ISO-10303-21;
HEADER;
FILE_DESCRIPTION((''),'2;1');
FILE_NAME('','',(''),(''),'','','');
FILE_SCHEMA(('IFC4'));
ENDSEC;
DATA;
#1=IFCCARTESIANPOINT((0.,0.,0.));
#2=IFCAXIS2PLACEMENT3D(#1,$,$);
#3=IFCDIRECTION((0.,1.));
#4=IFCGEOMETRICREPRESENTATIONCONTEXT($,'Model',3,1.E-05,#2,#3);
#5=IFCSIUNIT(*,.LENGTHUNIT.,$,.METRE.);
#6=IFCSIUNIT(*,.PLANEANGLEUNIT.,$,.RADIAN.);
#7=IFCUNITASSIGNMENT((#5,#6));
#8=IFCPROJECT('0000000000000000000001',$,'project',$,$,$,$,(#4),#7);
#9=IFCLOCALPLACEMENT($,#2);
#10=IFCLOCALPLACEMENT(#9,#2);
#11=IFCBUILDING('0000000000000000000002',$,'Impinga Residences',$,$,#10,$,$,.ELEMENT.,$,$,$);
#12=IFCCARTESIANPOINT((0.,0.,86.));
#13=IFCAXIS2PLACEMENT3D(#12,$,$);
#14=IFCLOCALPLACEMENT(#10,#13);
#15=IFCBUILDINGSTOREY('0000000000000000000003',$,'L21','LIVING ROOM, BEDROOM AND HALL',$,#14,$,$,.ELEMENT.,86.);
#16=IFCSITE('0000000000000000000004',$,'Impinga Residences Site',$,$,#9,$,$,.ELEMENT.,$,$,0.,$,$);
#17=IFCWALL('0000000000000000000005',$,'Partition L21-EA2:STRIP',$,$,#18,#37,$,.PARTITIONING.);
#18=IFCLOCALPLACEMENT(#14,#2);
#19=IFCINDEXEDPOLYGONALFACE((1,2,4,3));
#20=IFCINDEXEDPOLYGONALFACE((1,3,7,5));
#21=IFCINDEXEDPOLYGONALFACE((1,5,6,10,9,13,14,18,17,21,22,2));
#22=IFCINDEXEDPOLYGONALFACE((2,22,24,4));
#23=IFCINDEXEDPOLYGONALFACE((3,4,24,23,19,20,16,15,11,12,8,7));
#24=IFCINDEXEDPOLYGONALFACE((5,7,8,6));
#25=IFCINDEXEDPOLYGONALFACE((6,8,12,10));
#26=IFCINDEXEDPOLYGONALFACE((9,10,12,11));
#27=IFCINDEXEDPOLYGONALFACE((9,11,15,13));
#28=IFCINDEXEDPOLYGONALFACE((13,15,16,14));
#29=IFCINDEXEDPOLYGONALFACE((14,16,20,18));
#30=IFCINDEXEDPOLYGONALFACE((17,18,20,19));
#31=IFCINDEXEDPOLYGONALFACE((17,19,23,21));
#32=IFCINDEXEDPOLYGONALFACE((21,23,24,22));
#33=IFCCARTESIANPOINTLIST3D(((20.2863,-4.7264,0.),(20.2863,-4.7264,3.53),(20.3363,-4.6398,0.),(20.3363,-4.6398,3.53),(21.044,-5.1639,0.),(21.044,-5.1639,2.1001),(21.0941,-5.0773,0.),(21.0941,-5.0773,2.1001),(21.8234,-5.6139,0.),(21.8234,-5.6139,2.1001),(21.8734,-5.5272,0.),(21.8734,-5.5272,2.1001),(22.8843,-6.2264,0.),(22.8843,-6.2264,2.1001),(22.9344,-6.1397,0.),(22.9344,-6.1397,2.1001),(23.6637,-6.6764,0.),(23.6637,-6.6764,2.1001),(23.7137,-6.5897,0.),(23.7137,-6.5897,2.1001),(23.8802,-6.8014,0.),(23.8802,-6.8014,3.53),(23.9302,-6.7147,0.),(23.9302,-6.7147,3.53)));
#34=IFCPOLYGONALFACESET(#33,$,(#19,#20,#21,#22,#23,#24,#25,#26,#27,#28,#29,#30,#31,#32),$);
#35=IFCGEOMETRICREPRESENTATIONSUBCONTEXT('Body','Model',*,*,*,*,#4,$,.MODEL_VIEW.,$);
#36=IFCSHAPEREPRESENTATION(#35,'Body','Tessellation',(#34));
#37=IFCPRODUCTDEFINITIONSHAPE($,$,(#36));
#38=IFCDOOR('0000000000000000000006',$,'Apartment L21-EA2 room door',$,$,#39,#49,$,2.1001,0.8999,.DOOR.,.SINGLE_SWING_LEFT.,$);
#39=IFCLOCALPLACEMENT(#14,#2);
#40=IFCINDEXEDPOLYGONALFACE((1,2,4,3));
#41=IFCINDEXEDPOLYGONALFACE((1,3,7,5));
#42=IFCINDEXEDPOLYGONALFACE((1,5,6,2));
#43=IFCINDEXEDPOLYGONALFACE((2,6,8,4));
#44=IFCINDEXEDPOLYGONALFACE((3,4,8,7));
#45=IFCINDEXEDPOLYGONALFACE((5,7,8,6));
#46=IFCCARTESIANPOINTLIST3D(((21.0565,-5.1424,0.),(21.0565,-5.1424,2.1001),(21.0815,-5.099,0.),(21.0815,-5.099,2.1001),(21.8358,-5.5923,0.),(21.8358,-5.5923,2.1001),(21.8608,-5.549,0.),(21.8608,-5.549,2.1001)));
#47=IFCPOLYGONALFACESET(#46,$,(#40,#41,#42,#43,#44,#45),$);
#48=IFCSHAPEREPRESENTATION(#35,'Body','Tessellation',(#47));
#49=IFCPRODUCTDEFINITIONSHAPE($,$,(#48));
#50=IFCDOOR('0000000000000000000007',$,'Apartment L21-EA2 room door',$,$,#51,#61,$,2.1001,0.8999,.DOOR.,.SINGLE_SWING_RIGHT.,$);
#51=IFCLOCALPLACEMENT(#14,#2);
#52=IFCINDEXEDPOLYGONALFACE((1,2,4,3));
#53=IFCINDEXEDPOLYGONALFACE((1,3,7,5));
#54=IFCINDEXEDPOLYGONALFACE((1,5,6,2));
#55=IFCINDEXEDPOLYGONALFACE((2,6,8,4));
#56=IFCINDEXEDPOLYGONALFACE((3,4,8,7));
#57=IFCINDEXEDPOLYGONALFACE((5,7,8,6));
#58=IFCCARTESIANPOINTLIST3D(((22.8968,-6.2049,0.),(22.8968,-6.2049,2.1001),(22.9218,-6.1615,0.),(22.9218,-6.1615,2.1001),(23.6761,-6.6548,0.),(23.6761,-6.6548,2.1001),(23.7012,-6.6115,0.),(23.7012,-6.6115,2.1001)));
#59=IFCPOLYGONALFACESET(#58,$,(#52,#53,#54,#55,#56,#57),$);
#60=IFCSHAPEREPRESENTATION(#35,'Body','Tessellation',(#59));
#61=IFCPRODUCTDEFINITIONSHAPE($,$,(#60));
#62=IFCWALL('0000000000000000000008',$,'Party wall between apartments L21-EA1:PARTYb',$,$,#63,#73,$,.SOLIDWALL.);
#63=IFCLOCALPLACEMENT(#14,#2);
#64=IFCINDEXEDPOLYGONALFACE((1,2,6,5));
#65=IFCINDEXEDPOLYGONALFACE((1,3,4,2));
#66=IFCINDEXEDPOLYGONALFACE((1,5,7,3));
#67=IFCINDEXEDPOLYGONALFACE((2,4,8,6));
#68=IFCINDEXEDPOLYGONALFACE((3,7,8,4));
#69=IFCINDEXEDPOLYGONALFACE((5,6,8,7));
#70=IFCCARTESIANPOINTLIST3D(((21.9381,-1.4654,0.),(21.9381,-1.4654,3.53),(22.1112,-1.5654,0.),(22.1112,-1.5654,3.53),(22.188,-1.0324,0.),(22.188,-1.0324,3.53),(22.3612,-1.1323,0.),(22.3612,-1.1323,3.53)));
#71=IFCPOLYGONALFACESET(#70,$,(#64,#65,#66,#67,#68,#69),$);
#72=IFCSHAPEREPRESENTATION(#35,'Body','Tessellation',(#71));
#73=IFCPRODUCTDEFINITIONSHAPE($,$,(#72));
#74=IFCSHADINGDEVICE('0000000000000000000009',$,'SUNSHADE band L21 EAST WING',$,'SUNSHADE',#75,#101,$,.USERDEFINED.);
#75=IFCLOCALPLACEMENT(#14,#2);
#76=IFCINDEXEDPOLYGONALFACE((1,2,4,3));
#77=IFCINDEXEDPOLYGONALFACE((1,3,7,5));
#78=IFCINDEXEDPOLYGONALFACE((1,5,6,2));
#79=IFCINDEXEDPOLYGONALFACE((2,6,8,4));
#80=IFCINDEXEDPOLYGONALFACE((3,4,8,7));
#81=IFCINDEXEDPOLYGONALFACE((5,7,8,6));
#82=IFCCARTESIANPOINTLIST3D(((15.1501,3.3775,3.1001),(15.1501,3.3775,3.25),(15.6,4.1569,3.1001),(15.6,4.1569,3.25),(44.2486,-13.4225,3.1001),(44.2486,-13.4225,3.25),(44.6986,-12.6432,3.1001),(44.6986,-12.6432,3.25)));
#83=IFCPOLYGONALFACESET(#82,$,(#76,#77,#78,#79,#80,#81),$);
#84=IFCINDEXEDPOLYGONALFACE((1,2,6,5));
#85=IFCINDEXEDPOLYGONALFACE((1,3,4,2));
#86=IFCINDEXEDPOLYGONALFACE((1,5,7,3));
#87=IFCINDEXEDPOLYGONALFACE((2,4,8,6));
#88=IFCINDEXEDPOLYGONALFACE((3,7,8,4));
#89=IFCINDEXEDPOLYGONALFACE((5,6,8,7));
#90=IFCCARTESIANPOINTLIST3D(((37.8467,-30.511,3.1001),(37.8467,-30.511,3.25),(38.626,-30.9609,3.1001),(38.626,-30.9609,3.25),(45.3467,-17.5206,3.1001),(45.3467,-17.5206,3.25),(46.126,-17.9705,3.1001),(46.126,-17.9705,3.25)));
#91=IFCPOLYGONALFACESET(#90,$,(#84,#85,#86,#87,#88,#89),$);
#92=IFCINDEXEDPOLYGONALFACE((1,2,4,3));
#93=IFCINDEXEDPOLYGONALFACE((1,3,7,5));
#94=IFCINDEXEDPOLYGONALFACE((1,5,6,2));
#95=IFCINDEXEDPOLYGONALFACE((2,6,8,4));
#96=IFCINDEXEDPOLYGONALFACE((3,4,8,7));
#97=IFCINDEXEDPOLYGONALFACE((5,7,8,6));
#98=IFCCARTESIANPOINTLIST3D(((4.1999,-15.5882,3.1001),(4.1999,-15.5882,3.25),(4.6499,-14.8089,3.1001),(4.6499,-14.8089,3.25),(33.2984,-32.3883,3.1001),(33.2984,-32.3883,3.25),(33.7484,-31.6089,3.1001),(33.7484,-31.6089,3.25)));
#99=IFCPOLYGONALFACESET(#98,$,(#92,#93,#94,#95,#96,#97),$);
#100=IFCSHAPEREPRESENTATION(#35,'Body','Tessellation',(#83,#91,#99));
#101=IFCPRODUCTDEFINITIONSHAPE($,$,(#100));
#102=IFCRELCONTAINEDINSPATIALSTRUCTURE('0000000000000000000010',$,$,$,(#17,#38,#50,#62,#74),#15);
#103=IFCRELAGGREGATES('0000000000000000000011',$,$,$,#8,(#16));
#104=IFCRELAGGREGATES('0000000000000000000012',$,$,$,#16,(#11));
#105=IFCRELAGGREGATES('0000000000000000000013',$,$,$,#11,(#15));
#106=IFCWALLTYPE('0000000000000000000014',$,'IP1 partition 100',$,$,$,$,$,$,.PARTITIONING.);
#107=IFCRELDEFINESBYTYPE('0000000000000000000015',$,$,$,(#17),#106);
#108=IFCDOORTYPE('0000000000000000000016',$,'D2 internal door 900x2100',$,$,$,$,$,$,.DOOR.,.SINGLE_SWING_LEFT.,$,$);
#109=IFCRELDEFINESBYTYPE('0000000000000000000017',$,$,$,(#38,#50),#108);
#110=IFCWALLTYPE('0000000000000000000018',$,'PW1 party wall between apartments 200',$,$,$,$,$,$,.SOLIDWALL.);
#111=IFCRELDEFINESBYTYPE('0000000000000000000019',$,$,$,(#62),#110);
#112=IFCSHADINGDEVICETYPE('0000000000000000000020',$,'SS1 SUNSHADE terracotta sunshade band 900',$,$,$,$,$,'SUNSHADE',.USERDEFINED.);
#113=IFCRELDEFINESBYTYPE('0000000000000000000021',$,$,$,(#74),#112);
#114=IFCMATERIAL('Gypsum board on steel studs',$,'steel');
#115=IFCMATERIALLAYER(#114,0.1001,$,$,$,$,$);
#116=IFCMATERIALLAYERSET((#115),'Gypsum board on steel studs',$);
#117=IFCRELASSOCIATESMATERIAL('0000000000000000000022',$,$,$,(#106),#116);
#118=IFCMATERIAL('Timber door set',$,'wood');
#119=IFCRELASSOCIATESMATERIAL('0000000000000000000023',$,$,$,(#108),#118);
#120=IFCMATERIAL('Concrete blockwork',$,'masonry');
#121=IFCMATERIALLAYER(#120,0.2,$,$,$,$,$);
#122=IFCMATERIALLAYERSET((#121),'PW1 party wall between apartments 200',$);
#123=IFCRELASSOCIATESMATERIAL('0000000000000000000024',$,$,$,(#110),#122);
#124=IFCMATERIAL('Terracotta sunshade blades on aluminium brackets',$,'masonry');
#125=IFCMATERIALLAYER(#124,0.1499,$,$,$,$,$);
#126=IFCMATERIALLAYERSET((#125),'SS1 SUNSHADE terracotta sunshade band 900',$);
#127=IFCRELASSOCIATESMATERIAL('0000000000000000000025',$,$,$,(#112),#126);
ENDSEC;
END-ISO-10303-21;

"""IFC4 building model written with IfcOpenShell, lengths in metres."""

from ifc_helpers import new_model, si_unit, direction, frame, frame_2d, origin, origin_2d, place, context, subcontext, project, spatial, rectangle, extrude, material, layer, layer_set, type_object, element, fill, save


model = new_model("IFC4")

# Units and contexts
model_context = context("Model", 3, precision=1e-05, world=origin(), true_north=direction((0.0, 1.0)))
body_context = subcontext(model_context, "Body", "Model", "MODEL_VIEW")
ifc_project = project(units=[si_unit("LENGTHUNIT", "METRE"), si_unit("PLANEANGLEUNIT", "RADIAN")], contexts=[model_context])

# Site, building, storey
site_placement = place(None, origin())
site = spatial("IfcSite", under=ifc_project, at=site_placement, Name="Impinga Residences Site", CompositionType="ELEMENT", RefElevation=0.0)
building_placement = place(site_placement, origin())
building = spatial("IfcBuilding", under=site, at=building_placement, Name="Impinga Residences", CompositionType="ELEMENT")
storey_placement = place(building_placement, frame((0.0, 0.0, 86.0)))
storey = spatial("IfcBuildingStorey", under=building, at=storey_placement, Name="L21", Description="LIVING ROOM, BEDROOM AND HALL", CompositionType="ELEMENT", Elevation=86.0)

# Shared definitions
ifc_material_1 = material(Name="Gypsum board on steel studs", Category="steel")
ifc_layer_1 = layer(ifc_material_1, 0.1001)
ifc_layer_set_1 = layer_set([ifc_layer_1], Name="Gypsum board on steel studs")
wall_type_1 = type_object("IfcWallType", Name="IP1 partition 100", PredefinedType="PARTITIONING", material=ifc_layer_set_1)

# Shared definitions
ifc_material_2 = material(Name="Timber door set", Category="wood")
door_type = type_object("IfcDoorType", Name="D2 internal door 900x2100", OperationType="SINGLE_SWING_LEFT", PredefinedType="DOOR", material=ifc_material_2)

# Wall, openings, doors
wall_1_placement = place(storey_placement, frame((20.3113, -4.6831, 0.0), z_axis=(0.0, 0.0, 1.0), x_axis=(0.86603, -0.499992, 0.0)))
wall_1 = element("IfcWall", 1, at=wall_1_placement, inside=storey, type_object=wall_type_1, Name="Partition L21-EA2:STRIP", PredefinedType="PARTITIONING", context=body_context, shape_type="SweptSolid", body=[
    extrude(rectangle(XDim=4.1499, YDim=0.1001, at=frame_2d((2.075, 0.0))), origin(), (0.0, 0.0, 1.0), 3.53),
])
opening_1_placement = place(wall_1_placement, frame((0.875, 0.0, 0.0)))
opening_1 = element("IfcOpeningElement", 2, at=opening_1_placement, cuts=wall_1, PredefinedType="OPENING", context=body_context, shape_type="SweptSolid", body=[
    extrude(rectangle(XDim=0.8999, YDim=2.1001, at=frame_2d((0.45, 1.05))), frame((0.0, 0.0601, 0.0), z_axis=(0.0, -1.0, 0.0), x_axis=(1.0, 0.0, 0.0)), (0.0, 0.0, 1.0), 0.1201),
])
opening_2_placement = place(wall_1_placement, frame((3.0, 0.0, 0.0)))
opening_2 = element("IfcOpeningElement", 3, at=opening_2_placement, cuts=wall_1, PredefinedType="OPENING", context=body_context, shape_type="SweptSolid", body=[
    extrude(rectangle(XDim=0.8999, YDim=2.1001, at=frame_2d((0.45, 1.05))), frame((0.0, 0.0601, 0.0), z_axis=(0.0, -1.0, 0.0), x_axis=(1.0, 0.0, 0.0)), (0.0, 0.0, 1.0), 0.1201),
])
door_1_placement = place(opening_1_placement, origin())
door_1 = element("IfcDoor", 4, at=door_1_placement, inside=storey, type_object=door_type, Name="Apartment L21-EA2 room door", OperationType="SINGLE_SWING_LEFT", OverallHeight=2.1001, OverallWidth=0.8999, PredefinedType="DOOR", context=body_context, shape_type="SweptSolid", body=[
    extrude(rectangle(XDim=0.8999, YDim=2.1001, at=frame_2d((0.45, 1.05))), frame((0.0, 0.0249, 0.0), z_axis=(0.0, -1.0, 0.0), x_axis=(1.0, 0.0, 0.0)), (0.0, 0.0, 1.0), 0.05),
])
fill(opening_1, door_1)
door_2_placement = place(opening_2_placement, origin())
door_2 = element("IfcDoor", 5, at=door_2_placement, inside=storey, type_object=door_type, Name="Apartment L21-EA2 room door", OperationType="SINGLE_SWING_RIGHT", OverallHeight=2.1001, OverallWidth=0.8999, PredefinedType="DOOR", context=body_context, shape_type="SweptSolid", body=[
    extrude(rectangle(XDim=0.8999, YDim=2.1001, at=frame_2d((0.45, 1.05))), frame((0.0, 0.0249, 0.0), z_axis=(0.0, -1.0, 0.0), x_axis=(1.0, 0.0, 0.0)), (0.0, 0.0, 1.0), 0.05),
])
fill(opening_2, door_2)

# Wall
ifc_material_3 = material(Name="Concrete blockwork", Category="masonry")
ifc_layer_2 = layer(ifc_material_3, 0.2)
ifc_layer_set_2 = layer_set([ifc_layer_2], Name="PW1 party wall between apartments 200")
wall_type_2 = type_object("IfcWallType", Name="PW1 party wall between apartments 200", PredefinedType="SOLIDWALL", material=ifc_layer_set_2)
wall_2_placement = place(storey_placement, frame((22.0247, -1.5154, 0.0), z_axis=(0.0, 0.0, 1.0), x_axis=(0.49992, 0.866072, 0.0)))
element("IfcWall", 6, at=wall_2_placement, inside=storey, type_object=wall_type_2, Name="Party wall between apartments L21-EA1:PARTYb", PredefinedType="SOLIDWALL", context=body_context, shape_type="SweptSolid", body=[
    extrude(rectangle(XDim=0.5, YDim=0.2, at=frame_2d((0.25, 0.0))), origin(), (0.0, 0.0, 1.0), 3.53),
])

# Shading device
ifc_material_4 = material(Name="Terracotta sunshade blades on aluminium brackets", Category="masonry")
ifc_layer_3 = layer(ifc_material_4, 0.1499)
ifc_layer_set_3 = layer_set([ifc_layer_3], Name="SS1 SUNSHADE terracotta sunshade band 900")
shading_device_type = type_object("IfcShadingDeviceType", Name="SS1 SUNSHADE terracotta sunshade band 900", ElementType="SUNSHADE", PredefinedType="USERDEFINED", material=ifc_layer_set_3)
shading_device_placement = place(storey_placement, frame((29.9243, -4.6328, 3.1001), z_axis=(0.0, 0.0, 1.0), x_axis=(0.866025, -0.5, 0.0)))
element("IfcShadingDevice", 7, at=shading_device_placement, inside=storey, type_object=shading_device_type, Name="SUNSHADE band L21 EAST WING", ObjectType="SUNSHADE", PredefinedType="USERDEFINED", context=body_context, shape_type="SweptSolid", body=[
    extrude(rectangle(XDim=33.6001, YDim=0.8999, at=origin_2d()), origin(), (0.0, 0.0, 1.0), 0.1499),
    extrude(rectangle(XDim=15.0, YDim=0.8999, at=origin_2d()), frame((20.25, -10.95, 0.0), z_axis=(0.0, 0.0, 1.0), x_axis=(0.0, -1.0, 0.0)), (0.0, 0.0, 1.0), 0.1499),
    extrude(rectangle(XDim=33.6001, YDim=0.8999, at=origin_2d()), frame((-0.0002, -21.8999, 0.0), z_axis=(0.0, 0.0, 1.0), x_axis=(-1.0, 0.0, 0.0)), (0.0, 0.0, 1.0), 0.1499),
])

save(model, "model.ifc")
